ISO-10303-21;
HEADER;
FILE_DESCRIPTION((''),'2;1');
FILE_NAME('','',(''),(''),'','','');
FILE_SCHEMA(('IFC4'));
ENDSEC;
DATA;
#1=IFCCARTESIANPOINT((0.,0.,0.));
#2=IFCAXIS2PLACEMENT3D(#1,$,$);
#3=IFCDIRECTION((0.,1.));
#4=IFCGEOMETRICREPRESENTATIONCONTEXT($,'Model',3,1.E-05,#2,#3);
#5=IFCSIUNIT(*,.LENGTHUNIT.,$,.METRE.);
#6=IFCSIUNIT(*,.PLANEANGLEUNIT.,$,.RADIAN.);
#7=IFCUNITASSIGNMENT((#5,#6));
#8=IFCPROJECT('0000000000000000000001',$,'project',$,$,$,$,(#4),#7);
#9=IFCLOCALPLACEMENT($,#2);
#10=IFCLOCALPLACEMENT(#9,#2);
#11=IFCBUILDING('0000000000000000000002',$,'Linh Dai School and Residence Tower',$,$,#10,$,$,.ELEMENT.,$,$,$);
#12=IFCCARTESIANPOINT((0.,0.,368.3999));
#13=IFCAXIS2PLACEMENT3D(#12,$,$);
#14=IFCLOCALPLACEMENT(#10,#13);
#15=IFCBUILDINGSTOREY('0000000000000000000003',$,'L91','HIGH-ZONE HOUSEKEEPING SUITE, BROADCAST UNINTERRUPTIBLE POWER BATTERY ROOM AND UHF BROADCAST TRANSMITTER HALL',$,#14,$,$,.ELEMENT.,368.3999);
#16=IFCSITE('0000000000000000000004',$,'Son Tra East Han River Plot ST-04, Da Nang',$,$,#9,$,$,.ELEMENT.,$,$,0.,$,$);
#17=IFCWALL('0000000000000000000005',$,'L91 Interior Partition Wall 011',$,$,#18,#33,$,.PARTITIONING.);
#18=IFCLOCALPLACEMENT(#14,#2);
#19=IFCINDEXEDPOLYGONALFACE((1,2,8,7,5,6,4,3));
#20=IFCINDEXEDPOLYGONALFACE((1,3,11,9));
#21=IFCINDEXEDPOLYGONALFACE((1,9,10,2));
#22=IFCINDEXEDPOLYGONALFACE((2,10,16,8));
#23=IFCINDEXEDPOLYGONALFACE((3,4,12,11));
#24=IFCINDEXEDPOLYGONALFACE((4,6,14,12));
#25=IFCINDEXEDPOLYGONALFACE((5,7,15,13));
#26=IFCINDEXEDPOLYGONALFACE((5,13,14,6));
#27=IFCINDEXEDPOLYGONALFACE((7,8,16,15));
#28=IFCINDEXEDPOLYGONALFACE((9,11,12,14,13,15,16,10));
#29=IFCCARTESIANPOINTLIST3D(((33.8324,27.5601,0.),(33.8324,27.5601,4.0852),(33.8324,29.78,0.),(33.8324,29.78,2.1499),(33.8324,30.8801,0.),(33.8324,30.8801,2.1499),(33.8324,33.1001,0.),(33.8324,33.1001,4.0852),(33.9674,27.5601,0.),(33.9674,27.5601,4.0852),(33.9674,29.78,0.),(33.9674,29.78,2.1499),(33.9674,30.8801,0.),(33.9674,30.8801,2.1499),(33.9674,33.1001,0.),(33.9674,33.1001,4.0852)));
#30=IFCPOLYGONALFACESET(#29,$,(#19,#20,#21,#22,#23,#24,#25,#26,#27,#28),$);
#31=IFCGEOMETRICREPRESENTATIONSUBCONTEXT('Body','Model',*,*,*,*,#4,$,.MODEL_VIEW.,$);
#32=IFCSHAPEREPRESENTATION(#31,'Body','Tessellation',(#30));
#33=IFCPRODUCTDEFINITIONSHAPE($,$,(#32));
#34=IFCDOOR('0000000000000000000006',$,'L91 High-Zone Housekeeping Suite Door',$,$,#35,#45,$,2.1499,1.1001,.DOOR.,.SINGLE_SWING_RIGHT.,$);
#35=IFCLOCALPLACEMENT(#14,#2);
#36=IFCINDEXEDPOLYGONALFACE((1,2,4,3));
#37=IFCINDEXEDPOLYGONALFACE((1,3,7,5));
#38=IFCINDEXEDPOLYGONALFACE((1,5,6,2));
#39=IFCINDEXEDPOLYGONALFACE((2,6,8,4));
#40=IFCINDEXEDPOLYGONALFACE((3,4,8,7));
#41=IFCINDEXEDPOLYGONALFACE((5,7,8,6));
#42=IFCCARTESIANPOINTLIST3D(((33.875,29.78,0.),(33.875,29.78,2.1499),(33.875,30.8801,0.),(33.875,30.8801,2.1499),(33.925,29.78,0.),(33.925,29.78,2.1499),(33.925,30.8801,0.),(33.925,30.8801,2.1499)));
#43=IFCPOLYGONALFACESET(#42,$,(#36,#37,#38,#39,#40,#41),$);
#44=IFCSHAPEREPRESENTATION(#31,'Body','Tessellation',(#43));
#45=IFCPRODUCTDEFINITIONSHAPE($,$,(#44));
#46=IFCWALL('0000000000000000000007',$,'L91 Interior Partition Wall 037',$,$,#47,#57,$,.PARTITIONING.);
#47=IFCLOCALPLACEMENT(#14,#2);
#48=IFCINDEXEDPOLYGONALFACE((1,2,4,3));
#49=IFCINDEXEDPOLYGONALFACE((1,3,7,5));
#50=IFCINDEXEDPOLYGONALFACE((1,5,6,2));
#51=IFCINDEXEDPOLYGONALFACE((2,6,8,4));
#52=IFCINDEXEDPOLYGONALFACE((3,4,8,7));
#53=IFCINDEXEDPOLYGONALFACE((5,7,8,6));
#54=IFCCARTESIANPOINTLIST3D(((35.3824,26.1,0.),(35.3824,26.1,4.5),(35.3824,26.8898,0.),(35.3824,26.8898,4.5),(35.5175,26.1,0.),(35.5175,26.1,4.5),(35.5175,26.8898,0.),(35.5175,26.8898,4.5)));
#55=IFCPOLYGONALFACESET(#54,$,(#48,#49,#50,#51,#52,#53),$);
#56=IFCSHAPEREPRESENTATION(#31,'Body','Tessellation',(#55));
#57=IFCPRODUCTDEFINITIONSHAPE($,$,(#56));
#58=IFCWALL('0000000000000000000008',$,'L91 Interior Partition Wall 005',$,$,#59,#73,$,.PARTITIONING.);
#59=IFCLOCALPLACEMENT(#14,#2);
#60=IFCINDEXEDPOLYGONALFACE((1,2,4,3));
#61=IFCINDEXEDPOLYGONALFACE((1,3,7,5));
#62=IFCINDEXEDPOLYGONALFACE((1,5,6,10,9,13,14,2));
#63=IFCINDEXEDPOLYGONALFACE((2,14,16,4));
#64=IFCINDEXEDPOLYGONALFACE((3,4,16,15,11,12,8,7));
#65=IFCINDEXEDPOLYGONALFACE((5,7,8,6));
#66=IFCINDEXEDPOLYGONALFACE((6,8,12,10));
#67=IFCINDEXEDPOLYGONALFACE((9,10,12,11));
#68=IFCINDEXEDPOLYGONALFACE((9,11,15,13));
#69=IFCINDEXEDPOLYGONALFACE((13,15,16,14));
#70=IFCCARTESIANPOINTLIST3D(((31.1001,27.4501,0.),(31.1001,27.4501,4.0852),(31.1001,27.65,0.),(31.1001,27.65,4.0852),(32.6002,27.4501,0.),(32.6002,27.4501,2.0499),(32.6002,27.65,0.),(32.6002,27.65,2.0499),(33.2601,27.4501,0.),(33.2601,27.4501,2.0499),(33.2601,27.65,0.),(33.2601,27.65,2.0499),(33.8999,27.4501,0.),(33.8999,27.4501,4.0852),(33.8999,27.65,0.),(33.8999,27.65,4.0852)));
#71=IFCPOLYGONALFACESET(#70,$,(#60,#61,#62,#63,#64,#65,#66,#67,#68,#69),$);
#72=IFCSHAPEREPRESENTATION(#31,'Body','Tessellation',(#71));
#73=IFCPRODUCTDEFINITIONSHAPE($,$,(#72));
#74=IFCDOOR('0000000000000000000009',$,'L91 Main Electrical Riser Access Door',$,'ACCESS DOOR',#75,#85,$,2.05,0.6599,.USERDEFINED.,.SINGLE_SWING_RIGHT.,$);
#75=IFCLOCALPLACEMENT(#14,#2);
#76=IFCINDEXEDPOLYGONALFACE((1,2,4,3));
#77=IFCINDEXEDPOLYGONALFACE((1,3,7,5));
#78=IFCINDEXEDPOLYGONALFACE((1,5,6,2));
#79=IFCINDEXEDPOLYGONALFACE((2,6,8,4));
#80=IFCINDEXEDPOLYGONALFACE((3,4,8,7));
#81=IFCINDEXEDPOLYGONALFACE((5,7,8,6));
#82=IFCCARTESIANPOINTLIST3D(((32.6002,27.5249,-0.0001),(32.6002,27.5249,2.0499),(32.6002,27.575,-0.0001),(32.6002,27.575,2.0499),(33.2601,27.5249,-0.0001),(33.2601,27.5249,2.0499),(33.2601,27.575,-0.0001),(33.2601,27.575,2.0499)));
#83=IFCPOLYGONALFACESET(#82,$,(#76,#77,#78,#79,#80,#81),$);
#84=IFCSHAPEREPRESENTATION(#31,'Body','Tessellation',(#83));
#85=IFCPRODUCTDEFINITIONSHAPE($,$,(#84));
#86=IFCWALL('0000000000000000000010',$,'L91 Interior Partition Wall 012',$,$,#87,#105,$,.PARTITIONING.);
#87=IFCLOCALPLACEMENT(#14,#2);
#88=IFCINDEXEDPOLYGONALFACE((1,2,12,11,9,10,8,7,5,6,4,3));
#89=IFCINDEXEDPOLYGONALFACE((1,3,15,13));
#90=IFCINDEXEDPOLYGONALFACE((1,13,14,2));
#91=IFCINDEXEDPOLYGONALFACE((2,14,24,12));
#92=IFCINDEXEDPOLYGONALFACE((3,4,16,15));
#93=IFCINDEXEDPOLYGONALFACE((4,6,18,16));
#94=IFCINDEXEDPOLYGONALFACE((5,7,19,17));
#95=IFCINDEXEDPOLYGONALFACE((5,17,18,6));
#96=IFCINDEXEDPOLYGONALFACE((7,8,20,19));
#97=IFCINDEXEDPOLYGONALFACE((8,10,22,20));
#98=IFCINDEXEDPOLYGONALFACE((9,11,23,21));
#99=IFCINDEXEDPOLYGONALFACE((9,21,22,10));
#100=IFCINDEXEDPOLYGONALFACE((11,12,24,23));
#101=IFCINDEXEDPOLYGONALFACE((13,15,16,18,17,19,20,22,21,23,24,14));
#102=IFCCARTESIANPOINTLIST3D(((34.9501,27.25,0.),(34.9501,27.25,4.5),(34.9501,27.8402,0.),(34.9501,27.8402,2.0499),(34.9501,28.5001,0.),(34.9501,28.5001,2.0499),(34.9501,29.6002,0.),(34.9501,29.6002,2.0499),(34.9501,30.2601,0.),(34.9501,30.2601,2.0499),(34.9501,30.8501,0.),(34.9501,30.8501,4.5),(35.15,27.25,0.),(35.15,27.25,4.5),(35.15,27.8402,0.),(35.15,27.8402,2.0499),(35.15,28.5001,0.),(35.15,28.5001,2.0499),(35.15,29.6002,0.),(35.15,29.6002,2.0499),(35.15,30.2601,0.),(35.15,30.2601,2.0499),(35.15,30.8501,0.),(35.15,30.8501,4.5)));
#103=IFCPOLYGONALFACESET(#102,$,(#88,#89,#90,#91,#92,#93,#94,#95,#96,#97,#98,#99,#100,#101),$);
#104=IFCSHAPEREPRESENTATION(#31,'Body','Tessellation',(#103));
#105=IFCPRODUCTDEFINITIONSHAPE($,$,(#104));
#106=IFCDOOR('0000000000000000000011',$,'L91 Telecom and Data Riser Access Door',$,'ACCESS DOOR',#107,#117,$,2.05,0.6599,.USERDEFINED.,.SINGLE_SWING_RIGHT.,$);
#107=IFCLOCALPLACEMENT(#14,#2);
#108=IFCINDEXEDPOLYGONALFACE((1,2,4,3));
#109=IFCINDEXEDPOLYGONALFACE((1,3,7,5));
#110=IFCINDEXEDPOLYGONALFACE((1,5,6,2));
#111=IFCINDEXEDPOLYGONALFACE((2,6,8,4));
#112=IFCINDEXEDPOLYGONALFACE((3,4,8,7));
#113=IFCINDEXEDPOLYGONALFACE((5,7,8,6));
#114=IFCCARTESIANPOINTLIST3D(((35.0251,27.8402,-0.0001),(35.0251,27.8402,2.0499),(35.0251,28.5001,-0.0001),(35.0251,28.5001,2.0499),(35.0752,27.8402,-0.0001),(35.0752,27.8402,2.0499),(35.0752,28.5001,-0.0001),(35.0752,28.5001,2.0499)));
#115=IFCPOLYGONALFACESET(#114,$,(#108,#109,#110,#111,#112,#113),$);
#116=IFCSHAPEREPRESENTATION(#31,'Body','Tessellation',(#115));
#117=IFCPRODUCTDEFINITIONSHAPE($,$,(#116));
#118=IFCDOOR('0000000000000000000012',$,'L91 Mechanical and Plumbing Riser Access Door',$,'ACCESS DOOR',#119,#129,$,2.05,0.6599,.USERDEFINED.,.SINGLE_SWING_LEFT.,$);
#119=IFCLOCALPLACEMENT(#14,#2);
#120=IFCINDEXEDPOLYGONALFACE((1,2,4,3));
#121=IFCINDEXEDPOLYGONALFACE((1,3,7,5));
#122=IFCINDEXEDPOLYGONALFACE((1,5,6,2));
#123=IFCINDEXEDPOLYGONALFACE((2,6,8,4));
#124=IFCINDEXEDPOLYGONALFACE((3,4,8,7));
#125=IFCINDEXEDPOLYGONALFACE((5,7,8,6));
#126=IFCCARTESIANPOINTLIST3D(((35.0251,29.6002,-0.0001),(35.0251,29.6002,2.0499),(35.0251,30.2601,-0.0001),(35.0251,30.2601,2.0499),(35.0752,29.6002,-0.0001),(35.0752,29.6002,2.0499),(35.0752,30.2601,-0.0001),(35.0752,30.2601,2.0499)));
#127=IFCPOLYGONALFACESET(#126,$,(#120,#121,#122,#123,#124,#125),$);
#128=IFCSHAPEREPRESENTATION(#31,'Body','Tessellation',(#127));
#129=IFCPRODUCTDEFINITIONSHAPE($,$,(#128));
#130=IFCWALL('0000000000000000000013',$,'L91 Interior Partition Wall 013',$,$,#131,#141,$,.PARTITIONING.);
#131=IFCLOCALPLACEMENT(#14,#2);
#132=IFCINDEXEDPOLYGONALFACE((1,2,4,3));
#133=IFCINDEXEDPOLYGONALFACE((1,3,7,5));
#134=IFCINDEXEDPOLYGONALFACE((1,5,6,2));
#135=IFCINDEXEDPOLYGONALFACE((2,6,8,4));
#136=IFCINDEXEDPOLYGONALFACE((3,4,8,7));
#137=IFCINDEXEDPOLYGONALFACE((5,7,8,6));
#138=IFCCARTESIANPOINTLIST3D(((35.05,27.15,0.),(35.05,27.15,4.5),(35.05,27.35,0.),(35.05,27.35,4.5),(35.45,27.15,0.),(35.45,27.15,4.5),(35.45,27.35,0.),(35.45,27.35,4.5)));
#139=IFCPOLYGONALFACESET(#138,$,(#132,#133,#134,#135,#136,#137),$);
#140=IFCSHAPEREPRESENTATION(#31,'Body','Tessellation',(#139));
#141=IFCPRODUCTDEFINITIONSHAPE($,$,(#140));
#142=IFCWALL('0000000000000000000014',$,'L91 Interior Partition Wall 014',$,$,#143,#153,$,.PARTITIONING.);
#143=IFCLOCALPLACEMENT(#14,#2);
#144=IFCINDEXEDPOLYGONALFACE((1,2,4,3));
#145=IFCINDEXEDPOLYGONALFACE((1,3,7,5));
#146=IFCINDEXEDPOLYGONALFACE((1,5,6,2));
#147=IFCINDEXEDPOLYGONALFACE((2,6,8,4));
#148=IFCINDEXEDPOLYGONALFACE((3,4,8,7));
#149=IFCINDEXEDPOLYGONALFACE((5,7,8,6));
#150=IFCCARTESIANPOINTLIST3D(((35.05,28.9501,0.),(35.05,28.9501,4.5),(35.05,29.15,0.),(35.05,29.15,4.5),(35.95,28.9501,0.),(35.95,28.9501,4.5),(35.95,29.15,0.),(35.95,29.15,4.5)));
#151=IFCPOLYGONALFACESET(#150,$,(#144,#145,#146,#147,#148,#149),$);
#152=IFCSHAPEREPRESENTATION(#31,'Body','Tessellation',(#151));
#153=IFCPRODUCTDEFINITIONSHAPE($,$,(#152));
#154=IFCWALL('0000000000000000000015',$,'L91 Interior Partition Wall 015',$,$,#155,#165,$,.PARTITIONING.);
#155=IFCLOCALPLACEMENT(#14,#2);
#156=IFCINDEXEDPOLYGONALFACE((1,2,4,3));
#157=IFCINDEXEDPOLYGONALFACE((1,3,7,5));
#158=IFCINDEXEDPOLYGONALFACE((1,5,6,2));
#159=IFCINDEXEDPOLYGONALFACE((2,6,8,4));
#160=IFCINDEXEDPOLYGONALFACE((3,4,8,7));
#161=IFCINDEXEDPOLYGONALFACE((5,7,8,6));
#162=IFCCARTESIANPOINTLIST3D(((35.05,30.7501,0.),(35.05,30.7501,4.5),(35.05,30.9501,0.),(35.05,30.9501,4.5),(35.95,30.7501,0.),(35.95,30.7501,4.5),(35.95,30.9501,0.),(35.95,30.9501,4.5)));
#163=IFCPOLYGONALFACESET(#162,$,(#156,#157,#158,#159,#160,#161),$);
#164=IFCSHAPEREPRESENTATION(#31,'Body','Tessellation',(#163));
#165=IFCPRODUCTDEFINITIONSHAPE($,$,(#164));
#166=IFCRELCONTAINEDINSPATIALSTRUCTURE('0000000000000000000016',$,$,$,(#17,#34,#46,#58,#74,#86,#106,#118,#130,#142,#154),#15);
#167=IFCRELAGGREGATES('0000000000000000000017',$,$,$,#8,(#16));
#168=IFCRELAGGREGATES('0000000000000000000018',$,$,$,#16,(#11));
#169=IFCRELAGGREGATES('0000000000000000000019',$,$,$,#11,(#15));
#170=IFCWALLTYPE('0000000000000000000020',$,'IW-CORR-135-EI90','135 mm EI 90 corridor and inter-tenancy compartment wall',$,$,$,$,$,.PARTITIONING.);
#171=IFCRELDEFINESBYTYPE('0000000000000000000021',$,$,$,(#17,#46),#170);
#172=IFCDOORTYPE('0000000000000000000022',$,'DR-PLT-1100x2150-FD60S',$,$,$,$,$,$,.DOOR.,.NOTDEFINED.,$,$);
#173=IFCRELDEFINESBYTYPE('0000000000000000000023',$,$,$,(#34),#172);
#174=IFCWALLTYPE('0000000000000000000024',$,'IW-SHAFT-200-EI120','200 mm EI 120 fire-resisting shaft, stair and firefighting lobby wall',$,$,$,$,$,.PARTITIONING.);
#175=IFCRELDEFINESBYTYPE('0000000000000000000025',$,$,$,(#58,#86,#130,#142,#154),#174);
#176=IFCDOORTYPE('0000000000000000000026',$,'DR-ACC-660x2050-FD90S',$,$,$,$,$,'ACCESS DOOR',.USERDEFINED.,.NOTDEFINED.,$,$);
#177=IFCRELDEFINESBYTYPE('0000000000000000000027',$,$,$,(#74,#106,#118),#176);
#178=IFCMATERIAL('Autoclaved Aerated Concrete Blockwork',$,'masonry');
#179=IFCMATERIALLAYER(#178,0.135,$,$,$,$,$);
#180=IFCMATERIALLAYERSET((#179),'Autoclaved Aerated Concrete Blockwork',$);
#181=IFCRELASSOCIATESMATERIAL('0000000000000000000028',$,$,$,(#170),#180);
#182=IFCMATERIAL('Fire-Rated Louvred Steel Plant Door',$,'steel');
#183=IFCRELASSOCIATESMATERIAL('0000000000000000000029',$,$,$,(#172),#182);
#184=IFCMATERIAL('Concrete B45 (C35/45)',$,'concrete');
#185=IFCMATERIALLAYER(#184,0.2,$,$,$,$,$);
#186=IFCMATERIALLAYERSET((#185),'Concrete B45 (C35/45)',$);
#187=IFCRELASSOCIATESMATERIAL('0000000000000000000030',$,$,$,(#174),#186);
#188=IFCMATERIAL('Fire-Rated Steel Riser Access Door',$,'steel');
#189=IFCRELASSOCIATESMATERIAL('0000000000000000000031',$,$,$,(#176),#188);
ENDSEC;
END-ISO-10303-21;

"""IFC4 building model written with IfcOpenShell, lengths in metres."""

from ifc_helpers import new_model, si_unit, direction, frame, frame_2d, origin, origin_2d, place, context, subcontext, project, spatial, rectangle, extrude, source, transform, mapped, material, layer, layer_set, type_object, element, fill, save


model = new_model("IFC4")

# Units and contexts
model_context = context("Model", 3, precision=1e-05, world=origin(), true_north=direction((0.0, 1.0)))
body_context = subcontext(model_context, "Body", "Model", "MODEL_VIEW")
ifc_project = project(units=[si_unit("LENGTHUNIT", "METRE"), si_unit("PLANEANGLEUNIT", "RADIAN")], contexts=[model_context])

# Site, building, storey
site_placement = place(None, origin())
site = spatial("IfcSite", under=ifc_project, at=site_placement, Name="Son Tra East Han River Plot ST-04, Da Nang", CompositionType="ELEMENT", RefElevation=0.0)
building_placement = place(site_placement, origin())
building = spatial("IfcBuilding", under=site, at=building_placement, Name="Linh Dai School and Residence Tower", CompositionType="ELEMENT")
storey_placement = place(building_placement, frame((0.0, 0.0, 368.3999)))
storey = spatial("IfcBuildingStorey", under=building, at=storey_placement, Name="L91", Description="HIGH-ZONE HOUSEKEEPING SUITE, BROADCAST UNINTERRUPTIBLE POWER BATTERY ROOM AND UHF BROADCAST TRANSMITTER HALL", CompositionType="ELEMENT", Elevation=368.3999)

# Wall, opening, door
ifc_material_1 = material(Name="Autoclaved Aerated Concrete Blockwork", Category="masonry")
ifc_layer_1 = layer(ifc_material_1, 0.135)
ifc_layer_set_1 = layer_set([ifc_layer_1], Name="Autoclaved Aerated Concrete Blockwork")
wall_type_1 = type_object("IfcWallType", Name="IW-CORR-135-EI90", Description="135 mm EI 90 corridor and inter-tenancy compartment wall", PredefinedType="PARTITIONING", material=ifc_layer_set_1)
wall_1_placement = place(storey_placement, frame((33.8999, 27.5601, 0.0), z_axis=(0.0, 0.0, 1.0), x_axis=(0.0, 1.0, 0.0)))
wall_1 = element("IfcWall", 1, at=wall_1_placement, inside=storey, type_object=wall_type_1, Name="L91 Interior Partition Wall 011", PredefinedType="PARTITIONING", context=body_context, shape_type="SweptSolid", body=[
    extrude(rectangle(XDim=5.54, YDim=0.135, at=frame_2d((2.77, 0.0))), origin(), (0.0, 0.0, 1.0), 4.0852),
])
opening_1_placement = place(wall_1_placement, frame((2.22, 0.0, 0.0)))
opening_1 = element("IfcOpeningElement", 2, at=opening_1_placement, cuts=wall_1, PredefinedType="OPENING", context=body_context, shape_type="SweptSolid", body=[
    extrude(rectangle(XDim=1.1001, YDim=2.1499, at=origin_2d()), frame((0.55, 0.0776, 1.075), z_axis=(0.0, -1.0, 0.0), x_axis=(1.0, 0.0, 0.0)), (0.0, 0.0, 1.0), 0.155),
])
ifc_material_2 = material(Name="Fire-Rated Louvred Steel Plant Door", Category="steel")
door_type_1 = type_object("IfcDoorType", Name="DR-PLT-1100x2150-FD60S", OperationType="NOTDEFINED", PredefinedType="DOOR", material=ifc_material_2)
shared_shape_1 = source(origin(), body_context, "Body", "SweptSolid", [
    extrude(rectangle(XDim=1.1001, YDim=2.1499, at=origin_2d()), frame((0.55, 0.0249, 1.075), z_axis=(0.0, -1.0, 0.0), x_axis=(1.0, 0.0, 0.0)), (0.0, 0.0, 1.0), 0.05),
])
door_1_placement = place(opening_1_placement, origin())
door_1 = element("IfcDoor", 3, at=door_1_placement, inside=storey, type_object=door_type_1, Name="L91 High-Zone Housekeeping Suite Door", OperationType="SINGLE_SWING_RIGHT", OverallHeight=2.1499, OverallWidth=1.1001, PredefinedType="DOOR", context=body_context, shape_type="MappedRepresentation", body=[
    mapped(shared_shape_1, transform((0.0, 0.0, 0.0), x_axis=(1.0, 0.0, 0.0), y_axis=(0.0, 1.0, 0.0), z_axis=(0.0, 0.0, 1.0), scale=1.0)),
])
fill(opening_1, door_1)

# Wall
wall_2_placement = place(storey_placement, frame((35.45, 26.8899, 0.0), z_axis=(0.0, 0.0, 1.0), x_axis=(0.0, -1.0, 0.0)))
element("IfcWall", 4, at=wall_2_placement, inside=storey, type_object=wall_type_1, Name="L91 Interior Partition Wall 037", PredefinedType="PARTITIONING", context=body_context, shape_type="SweptSolid", body=[
    extrude(rectangle(XDim=0.7898, YDim=0.135, at=frame_2d((0.395, 0.0))), origin(), (0.0, 0.0, 1.0), 4.5),
])

# Wall, opening, door
ifc_material_3 = material(Name="Concrete B45 (C35/45)", Category="concrete")
ifc_layer_2 = layer(ifc_material_3, 0.2)
ifc_layer_set_2 = layer_set([ifc_layer_2], Name="Concrete B45 (C35/45)")
wall_type_2 = type_object("IfcWallType", Name="IW-SHAFT-200-EI120", Description="200 mm EI 120 fire-resisting shaft, stair and firefighting lobby wall", PredefinedType="PARTITIONING", material=ifc_layer_set_2)
wall_3_placement = place(storey_placement, frame((31.1001, 27.55, 0.0), z_axis=(0.0, 0.0, 1.0), x_axis=(1.0, 0.0, 0.0)))
wall_3 = element("IfcWall", 5, at=wall_3_placement, inside=storey, type_object=wall_type_2, Name="L91 Interior Partition Wall 005", PredefinedType="PARTITIONING", context=body_context, shape_type="SweptSolid", body=[
    extrude(rectangle(XDim=2.7998, YDim=0.2, at=frame_2d((1.3999, 0.0))), origin(), (0.0, 0.0, 1.0), 4.0852),
])
opening_2_placement = place(wall_3_placement, frame((1.5, 0.0, 0.0)))
opening_2 = element("IfcOpeningElement", 6, at=opening_2_placement, cuts=wall_3, PredefinedType="OPENING", context=body_context, shape_type="SweptSolid", body=[
    extrude(rectangle(XDim=0.6599, YDim=2.05, at=origin_2d()), frame((0.3301, 0.1099, 1.0249), z_axis=(0.0, -1.0, 0.0), x_axis=(1.0, 0.0, 0.0)), (0.0, 0.0, 1.0), 0.22),
])
ifc_material_4 = material(Name="Fire-Rated Steel Riser Access Door", Category="steel")
door_type_2 = type_object("IfcDoorType", Name="DR-ACC-660x2050-FD90S", ElementType="ACCESS DOOR", OperationType="NOTDEFINED", PredefinedType="USERDEFINED", material=ifc_material_4)
shared_shape_2 = source(origin(), body_context, "Body", "SweptSolid", [
    extrude(rectangle(XDim=0.6599, YDim=2.05, at=origin_2d()), frame((0.3301, 0.0249, 1.0249), z_axis=(0.0, -1.0, 0.0), x_axis=(1.0, 0.0, 0.0)), (0.0, 0.0, 1.0), 0.05),
])
door_2_placement = place(opening_2_placement, origin())
door_2 = element("IfcDoor", 7, at=door_2_placement, inside=storey, type_object=door_type_2, Name="L91 Main Electrical Riser Access Door", ObjectType="ACCESS DOOR", OperationType="SINGLE_SWING_RIGHT", OverallHeight=2.05, OverallWidth=0.6599, PredefinedType="USERDEFINED", context=body_context, shape_type="MappedRepresentation", body=[
    mapped(shared_shape_2, transform((0.0, 0.0, 0.0), x_axis=(1.0, 0.0, 0.0), y_axis=(0.0, 1.0, 0.0), z_axis=(0.0, 0.0, 1.0), scale=1.0)),
])
fill(opening_2, door_2)

# Wall, openings, doors
wall_4_placement = place(storey_placement, frame((35.05, 27.25, 0.0), z_axis=(0.0, 0.0, 1.0), x_axis=(0.0, 1.0, 0.0)))
wall_4 = element("IfcWall", 8, at=wall_4_placement, inside=storey, type_object=wall_type_2, Name="L91 Interior Partition Wall 012", PredefinedType="PARTITIONING", context=body_context, shape_type="SweptSolid", body=[
    extrude(rectangle(XDim=3.6001, YDim=0.2, at=frame_2d((1.8, 0.0))), origin(), (0.0, 0.0, 1.0), 4.5),
])
opening_3_placement = place(wall_4_placement, frame((0.5901, 0.0, 0.0)))
opening_3 = element("IfcOpeningElement", 9, at=opening_3_placement, cuts=wall_4, PredefinedType="OPENING", context=body_context, shape_type="SweptSolid", body=[
    extrude(rectangle(XDim=0.6599, YDim=2.05, at=origin_2d()), frame((0.3301, 0.1099, 1.0249), z_axis=(0.0, -1.0, 0.0), x_axis=(1.0, 0.0, 0.0)), (0.0, 0.0, 1.0), 0.22),
])
opening_4_placement = place(wall_4_placement, frame((2.3501, 0.0, 0.0)))
opening_4 = element("IfcOpeningElement", 10, at=opening_4_placement, cuts=wall_4, PredefinedType="OPENING", context=body_context, shape_type="SweptSolid", body=[
    extrude(rectangle(XDim=0.6599, YDim=2.05, at=origin_2d()), frame((0.3301, 0.1099, 1.0249), z_axis=(0.0, -1.0, 0.0), x_axis=(1.0, 0.0, 0.0)), (0.0, 0.0, 1.0), 0.22),
])
door_3_placement = place(opening_3_placement, origin())
door_3 = element("IfcDoor", 11, at=door_3_placement, inside=storey, type_object=door_type_2, Name="L91 Telecom and Data Riser Access Door", ObjectType="ACCESS DOOR", OperationType="SINGLE_SWING_RIGHT", OverallHeight=2.05, OverallWidth=0.6599, PredefinedType="USERDEFINED", context=body_context, shape_type="MappedRepresentation", body=[
    mapped(shared_shape_2, transform((0.0, 0.0, 0.0), x_axis=(1.0, 0.0, 0.0), y_axis=(0.0, 1.0, 0.0), z_axis=(0.0, 0.0, 1.0), scale=1.0)),
])
fill(opening_3, door_3)
door_4_placement = place(opening_4_placement, origin())
door_4 = element("IfcDoor", 12, at=door_4_placement, inside=storey, type_object=door_type_2, Name="L91 Mechanical and Plumbing Riser Access Door", ObjectType="ACCESS DOOR", OperationType="SINGLE_SWING_LEFT", OverallHeight=2.05, OverallWidth=0.6599, PredefinedType="USERDEFINED", context=body_context, shape_type="MappedRepresentation", body=[
    mapped(shared_shape_2, transform((0.0, 0.0, 0.0), x_axis=(1.0, 0.0, 0.0), y_axis=(0.0, 1.0, 0.0), z_axis=(0.0, 0.0, 1.0), scale=1.0)),
])
fill(opening_4, door_4)

# Walls
wall_5_placement = place(storey_placement, frame((35.05, 27.25, 0.0), z_axis=(0.0, 0.0, 1.0), x_axis=(1.0, 0.0, 0.0)))
element("IfcWall", 13, at=wall_5_placement, inside=storey, type_object=wall_type_2, Name="L91 Interior Partition Wall 013", PredefinedType="PARTITIONING", context=body_context, shape_type="SweptSolid", body=[
    extrude(rectangle(XDim=0.3999, YDim=0.2, at=frame_2d((0.2, 0.0))), origin(), (0.0, 0.0, 1.0), 4.5),
])
for number, where, z_axis, x_axis, name in (
    (14, (35.05, 29.05, 0.0), (0.0, 0.0, 1.0), (1.0, 0.0, 0.0), "L91 Interior Partition Wall 014"),
    (15, (35.05, 30.8501, 0.0), (0.0, 0.0, 1.0), (1.0, 0.0, 0.0), "L91 Interior Partition Wall 015"),
):
    element("IfcWall", number, at=place(storey_placement, frame(where, z_axis=z_axis, x_axis=x_axis)), inside=storey, type_object=wall_type_2, Name=name, PredefinedType="PARTITIONING", context=body_context, shape_type="SweptSolid", body=[
        extrude(rectangle(XDim=0.8999, YDim=0.2, at=frame_2d((0.45, 0.0))), origin(), (0.0, 0.0, 1.0), 4.5),
    ])

save(model, "model.ifc")
